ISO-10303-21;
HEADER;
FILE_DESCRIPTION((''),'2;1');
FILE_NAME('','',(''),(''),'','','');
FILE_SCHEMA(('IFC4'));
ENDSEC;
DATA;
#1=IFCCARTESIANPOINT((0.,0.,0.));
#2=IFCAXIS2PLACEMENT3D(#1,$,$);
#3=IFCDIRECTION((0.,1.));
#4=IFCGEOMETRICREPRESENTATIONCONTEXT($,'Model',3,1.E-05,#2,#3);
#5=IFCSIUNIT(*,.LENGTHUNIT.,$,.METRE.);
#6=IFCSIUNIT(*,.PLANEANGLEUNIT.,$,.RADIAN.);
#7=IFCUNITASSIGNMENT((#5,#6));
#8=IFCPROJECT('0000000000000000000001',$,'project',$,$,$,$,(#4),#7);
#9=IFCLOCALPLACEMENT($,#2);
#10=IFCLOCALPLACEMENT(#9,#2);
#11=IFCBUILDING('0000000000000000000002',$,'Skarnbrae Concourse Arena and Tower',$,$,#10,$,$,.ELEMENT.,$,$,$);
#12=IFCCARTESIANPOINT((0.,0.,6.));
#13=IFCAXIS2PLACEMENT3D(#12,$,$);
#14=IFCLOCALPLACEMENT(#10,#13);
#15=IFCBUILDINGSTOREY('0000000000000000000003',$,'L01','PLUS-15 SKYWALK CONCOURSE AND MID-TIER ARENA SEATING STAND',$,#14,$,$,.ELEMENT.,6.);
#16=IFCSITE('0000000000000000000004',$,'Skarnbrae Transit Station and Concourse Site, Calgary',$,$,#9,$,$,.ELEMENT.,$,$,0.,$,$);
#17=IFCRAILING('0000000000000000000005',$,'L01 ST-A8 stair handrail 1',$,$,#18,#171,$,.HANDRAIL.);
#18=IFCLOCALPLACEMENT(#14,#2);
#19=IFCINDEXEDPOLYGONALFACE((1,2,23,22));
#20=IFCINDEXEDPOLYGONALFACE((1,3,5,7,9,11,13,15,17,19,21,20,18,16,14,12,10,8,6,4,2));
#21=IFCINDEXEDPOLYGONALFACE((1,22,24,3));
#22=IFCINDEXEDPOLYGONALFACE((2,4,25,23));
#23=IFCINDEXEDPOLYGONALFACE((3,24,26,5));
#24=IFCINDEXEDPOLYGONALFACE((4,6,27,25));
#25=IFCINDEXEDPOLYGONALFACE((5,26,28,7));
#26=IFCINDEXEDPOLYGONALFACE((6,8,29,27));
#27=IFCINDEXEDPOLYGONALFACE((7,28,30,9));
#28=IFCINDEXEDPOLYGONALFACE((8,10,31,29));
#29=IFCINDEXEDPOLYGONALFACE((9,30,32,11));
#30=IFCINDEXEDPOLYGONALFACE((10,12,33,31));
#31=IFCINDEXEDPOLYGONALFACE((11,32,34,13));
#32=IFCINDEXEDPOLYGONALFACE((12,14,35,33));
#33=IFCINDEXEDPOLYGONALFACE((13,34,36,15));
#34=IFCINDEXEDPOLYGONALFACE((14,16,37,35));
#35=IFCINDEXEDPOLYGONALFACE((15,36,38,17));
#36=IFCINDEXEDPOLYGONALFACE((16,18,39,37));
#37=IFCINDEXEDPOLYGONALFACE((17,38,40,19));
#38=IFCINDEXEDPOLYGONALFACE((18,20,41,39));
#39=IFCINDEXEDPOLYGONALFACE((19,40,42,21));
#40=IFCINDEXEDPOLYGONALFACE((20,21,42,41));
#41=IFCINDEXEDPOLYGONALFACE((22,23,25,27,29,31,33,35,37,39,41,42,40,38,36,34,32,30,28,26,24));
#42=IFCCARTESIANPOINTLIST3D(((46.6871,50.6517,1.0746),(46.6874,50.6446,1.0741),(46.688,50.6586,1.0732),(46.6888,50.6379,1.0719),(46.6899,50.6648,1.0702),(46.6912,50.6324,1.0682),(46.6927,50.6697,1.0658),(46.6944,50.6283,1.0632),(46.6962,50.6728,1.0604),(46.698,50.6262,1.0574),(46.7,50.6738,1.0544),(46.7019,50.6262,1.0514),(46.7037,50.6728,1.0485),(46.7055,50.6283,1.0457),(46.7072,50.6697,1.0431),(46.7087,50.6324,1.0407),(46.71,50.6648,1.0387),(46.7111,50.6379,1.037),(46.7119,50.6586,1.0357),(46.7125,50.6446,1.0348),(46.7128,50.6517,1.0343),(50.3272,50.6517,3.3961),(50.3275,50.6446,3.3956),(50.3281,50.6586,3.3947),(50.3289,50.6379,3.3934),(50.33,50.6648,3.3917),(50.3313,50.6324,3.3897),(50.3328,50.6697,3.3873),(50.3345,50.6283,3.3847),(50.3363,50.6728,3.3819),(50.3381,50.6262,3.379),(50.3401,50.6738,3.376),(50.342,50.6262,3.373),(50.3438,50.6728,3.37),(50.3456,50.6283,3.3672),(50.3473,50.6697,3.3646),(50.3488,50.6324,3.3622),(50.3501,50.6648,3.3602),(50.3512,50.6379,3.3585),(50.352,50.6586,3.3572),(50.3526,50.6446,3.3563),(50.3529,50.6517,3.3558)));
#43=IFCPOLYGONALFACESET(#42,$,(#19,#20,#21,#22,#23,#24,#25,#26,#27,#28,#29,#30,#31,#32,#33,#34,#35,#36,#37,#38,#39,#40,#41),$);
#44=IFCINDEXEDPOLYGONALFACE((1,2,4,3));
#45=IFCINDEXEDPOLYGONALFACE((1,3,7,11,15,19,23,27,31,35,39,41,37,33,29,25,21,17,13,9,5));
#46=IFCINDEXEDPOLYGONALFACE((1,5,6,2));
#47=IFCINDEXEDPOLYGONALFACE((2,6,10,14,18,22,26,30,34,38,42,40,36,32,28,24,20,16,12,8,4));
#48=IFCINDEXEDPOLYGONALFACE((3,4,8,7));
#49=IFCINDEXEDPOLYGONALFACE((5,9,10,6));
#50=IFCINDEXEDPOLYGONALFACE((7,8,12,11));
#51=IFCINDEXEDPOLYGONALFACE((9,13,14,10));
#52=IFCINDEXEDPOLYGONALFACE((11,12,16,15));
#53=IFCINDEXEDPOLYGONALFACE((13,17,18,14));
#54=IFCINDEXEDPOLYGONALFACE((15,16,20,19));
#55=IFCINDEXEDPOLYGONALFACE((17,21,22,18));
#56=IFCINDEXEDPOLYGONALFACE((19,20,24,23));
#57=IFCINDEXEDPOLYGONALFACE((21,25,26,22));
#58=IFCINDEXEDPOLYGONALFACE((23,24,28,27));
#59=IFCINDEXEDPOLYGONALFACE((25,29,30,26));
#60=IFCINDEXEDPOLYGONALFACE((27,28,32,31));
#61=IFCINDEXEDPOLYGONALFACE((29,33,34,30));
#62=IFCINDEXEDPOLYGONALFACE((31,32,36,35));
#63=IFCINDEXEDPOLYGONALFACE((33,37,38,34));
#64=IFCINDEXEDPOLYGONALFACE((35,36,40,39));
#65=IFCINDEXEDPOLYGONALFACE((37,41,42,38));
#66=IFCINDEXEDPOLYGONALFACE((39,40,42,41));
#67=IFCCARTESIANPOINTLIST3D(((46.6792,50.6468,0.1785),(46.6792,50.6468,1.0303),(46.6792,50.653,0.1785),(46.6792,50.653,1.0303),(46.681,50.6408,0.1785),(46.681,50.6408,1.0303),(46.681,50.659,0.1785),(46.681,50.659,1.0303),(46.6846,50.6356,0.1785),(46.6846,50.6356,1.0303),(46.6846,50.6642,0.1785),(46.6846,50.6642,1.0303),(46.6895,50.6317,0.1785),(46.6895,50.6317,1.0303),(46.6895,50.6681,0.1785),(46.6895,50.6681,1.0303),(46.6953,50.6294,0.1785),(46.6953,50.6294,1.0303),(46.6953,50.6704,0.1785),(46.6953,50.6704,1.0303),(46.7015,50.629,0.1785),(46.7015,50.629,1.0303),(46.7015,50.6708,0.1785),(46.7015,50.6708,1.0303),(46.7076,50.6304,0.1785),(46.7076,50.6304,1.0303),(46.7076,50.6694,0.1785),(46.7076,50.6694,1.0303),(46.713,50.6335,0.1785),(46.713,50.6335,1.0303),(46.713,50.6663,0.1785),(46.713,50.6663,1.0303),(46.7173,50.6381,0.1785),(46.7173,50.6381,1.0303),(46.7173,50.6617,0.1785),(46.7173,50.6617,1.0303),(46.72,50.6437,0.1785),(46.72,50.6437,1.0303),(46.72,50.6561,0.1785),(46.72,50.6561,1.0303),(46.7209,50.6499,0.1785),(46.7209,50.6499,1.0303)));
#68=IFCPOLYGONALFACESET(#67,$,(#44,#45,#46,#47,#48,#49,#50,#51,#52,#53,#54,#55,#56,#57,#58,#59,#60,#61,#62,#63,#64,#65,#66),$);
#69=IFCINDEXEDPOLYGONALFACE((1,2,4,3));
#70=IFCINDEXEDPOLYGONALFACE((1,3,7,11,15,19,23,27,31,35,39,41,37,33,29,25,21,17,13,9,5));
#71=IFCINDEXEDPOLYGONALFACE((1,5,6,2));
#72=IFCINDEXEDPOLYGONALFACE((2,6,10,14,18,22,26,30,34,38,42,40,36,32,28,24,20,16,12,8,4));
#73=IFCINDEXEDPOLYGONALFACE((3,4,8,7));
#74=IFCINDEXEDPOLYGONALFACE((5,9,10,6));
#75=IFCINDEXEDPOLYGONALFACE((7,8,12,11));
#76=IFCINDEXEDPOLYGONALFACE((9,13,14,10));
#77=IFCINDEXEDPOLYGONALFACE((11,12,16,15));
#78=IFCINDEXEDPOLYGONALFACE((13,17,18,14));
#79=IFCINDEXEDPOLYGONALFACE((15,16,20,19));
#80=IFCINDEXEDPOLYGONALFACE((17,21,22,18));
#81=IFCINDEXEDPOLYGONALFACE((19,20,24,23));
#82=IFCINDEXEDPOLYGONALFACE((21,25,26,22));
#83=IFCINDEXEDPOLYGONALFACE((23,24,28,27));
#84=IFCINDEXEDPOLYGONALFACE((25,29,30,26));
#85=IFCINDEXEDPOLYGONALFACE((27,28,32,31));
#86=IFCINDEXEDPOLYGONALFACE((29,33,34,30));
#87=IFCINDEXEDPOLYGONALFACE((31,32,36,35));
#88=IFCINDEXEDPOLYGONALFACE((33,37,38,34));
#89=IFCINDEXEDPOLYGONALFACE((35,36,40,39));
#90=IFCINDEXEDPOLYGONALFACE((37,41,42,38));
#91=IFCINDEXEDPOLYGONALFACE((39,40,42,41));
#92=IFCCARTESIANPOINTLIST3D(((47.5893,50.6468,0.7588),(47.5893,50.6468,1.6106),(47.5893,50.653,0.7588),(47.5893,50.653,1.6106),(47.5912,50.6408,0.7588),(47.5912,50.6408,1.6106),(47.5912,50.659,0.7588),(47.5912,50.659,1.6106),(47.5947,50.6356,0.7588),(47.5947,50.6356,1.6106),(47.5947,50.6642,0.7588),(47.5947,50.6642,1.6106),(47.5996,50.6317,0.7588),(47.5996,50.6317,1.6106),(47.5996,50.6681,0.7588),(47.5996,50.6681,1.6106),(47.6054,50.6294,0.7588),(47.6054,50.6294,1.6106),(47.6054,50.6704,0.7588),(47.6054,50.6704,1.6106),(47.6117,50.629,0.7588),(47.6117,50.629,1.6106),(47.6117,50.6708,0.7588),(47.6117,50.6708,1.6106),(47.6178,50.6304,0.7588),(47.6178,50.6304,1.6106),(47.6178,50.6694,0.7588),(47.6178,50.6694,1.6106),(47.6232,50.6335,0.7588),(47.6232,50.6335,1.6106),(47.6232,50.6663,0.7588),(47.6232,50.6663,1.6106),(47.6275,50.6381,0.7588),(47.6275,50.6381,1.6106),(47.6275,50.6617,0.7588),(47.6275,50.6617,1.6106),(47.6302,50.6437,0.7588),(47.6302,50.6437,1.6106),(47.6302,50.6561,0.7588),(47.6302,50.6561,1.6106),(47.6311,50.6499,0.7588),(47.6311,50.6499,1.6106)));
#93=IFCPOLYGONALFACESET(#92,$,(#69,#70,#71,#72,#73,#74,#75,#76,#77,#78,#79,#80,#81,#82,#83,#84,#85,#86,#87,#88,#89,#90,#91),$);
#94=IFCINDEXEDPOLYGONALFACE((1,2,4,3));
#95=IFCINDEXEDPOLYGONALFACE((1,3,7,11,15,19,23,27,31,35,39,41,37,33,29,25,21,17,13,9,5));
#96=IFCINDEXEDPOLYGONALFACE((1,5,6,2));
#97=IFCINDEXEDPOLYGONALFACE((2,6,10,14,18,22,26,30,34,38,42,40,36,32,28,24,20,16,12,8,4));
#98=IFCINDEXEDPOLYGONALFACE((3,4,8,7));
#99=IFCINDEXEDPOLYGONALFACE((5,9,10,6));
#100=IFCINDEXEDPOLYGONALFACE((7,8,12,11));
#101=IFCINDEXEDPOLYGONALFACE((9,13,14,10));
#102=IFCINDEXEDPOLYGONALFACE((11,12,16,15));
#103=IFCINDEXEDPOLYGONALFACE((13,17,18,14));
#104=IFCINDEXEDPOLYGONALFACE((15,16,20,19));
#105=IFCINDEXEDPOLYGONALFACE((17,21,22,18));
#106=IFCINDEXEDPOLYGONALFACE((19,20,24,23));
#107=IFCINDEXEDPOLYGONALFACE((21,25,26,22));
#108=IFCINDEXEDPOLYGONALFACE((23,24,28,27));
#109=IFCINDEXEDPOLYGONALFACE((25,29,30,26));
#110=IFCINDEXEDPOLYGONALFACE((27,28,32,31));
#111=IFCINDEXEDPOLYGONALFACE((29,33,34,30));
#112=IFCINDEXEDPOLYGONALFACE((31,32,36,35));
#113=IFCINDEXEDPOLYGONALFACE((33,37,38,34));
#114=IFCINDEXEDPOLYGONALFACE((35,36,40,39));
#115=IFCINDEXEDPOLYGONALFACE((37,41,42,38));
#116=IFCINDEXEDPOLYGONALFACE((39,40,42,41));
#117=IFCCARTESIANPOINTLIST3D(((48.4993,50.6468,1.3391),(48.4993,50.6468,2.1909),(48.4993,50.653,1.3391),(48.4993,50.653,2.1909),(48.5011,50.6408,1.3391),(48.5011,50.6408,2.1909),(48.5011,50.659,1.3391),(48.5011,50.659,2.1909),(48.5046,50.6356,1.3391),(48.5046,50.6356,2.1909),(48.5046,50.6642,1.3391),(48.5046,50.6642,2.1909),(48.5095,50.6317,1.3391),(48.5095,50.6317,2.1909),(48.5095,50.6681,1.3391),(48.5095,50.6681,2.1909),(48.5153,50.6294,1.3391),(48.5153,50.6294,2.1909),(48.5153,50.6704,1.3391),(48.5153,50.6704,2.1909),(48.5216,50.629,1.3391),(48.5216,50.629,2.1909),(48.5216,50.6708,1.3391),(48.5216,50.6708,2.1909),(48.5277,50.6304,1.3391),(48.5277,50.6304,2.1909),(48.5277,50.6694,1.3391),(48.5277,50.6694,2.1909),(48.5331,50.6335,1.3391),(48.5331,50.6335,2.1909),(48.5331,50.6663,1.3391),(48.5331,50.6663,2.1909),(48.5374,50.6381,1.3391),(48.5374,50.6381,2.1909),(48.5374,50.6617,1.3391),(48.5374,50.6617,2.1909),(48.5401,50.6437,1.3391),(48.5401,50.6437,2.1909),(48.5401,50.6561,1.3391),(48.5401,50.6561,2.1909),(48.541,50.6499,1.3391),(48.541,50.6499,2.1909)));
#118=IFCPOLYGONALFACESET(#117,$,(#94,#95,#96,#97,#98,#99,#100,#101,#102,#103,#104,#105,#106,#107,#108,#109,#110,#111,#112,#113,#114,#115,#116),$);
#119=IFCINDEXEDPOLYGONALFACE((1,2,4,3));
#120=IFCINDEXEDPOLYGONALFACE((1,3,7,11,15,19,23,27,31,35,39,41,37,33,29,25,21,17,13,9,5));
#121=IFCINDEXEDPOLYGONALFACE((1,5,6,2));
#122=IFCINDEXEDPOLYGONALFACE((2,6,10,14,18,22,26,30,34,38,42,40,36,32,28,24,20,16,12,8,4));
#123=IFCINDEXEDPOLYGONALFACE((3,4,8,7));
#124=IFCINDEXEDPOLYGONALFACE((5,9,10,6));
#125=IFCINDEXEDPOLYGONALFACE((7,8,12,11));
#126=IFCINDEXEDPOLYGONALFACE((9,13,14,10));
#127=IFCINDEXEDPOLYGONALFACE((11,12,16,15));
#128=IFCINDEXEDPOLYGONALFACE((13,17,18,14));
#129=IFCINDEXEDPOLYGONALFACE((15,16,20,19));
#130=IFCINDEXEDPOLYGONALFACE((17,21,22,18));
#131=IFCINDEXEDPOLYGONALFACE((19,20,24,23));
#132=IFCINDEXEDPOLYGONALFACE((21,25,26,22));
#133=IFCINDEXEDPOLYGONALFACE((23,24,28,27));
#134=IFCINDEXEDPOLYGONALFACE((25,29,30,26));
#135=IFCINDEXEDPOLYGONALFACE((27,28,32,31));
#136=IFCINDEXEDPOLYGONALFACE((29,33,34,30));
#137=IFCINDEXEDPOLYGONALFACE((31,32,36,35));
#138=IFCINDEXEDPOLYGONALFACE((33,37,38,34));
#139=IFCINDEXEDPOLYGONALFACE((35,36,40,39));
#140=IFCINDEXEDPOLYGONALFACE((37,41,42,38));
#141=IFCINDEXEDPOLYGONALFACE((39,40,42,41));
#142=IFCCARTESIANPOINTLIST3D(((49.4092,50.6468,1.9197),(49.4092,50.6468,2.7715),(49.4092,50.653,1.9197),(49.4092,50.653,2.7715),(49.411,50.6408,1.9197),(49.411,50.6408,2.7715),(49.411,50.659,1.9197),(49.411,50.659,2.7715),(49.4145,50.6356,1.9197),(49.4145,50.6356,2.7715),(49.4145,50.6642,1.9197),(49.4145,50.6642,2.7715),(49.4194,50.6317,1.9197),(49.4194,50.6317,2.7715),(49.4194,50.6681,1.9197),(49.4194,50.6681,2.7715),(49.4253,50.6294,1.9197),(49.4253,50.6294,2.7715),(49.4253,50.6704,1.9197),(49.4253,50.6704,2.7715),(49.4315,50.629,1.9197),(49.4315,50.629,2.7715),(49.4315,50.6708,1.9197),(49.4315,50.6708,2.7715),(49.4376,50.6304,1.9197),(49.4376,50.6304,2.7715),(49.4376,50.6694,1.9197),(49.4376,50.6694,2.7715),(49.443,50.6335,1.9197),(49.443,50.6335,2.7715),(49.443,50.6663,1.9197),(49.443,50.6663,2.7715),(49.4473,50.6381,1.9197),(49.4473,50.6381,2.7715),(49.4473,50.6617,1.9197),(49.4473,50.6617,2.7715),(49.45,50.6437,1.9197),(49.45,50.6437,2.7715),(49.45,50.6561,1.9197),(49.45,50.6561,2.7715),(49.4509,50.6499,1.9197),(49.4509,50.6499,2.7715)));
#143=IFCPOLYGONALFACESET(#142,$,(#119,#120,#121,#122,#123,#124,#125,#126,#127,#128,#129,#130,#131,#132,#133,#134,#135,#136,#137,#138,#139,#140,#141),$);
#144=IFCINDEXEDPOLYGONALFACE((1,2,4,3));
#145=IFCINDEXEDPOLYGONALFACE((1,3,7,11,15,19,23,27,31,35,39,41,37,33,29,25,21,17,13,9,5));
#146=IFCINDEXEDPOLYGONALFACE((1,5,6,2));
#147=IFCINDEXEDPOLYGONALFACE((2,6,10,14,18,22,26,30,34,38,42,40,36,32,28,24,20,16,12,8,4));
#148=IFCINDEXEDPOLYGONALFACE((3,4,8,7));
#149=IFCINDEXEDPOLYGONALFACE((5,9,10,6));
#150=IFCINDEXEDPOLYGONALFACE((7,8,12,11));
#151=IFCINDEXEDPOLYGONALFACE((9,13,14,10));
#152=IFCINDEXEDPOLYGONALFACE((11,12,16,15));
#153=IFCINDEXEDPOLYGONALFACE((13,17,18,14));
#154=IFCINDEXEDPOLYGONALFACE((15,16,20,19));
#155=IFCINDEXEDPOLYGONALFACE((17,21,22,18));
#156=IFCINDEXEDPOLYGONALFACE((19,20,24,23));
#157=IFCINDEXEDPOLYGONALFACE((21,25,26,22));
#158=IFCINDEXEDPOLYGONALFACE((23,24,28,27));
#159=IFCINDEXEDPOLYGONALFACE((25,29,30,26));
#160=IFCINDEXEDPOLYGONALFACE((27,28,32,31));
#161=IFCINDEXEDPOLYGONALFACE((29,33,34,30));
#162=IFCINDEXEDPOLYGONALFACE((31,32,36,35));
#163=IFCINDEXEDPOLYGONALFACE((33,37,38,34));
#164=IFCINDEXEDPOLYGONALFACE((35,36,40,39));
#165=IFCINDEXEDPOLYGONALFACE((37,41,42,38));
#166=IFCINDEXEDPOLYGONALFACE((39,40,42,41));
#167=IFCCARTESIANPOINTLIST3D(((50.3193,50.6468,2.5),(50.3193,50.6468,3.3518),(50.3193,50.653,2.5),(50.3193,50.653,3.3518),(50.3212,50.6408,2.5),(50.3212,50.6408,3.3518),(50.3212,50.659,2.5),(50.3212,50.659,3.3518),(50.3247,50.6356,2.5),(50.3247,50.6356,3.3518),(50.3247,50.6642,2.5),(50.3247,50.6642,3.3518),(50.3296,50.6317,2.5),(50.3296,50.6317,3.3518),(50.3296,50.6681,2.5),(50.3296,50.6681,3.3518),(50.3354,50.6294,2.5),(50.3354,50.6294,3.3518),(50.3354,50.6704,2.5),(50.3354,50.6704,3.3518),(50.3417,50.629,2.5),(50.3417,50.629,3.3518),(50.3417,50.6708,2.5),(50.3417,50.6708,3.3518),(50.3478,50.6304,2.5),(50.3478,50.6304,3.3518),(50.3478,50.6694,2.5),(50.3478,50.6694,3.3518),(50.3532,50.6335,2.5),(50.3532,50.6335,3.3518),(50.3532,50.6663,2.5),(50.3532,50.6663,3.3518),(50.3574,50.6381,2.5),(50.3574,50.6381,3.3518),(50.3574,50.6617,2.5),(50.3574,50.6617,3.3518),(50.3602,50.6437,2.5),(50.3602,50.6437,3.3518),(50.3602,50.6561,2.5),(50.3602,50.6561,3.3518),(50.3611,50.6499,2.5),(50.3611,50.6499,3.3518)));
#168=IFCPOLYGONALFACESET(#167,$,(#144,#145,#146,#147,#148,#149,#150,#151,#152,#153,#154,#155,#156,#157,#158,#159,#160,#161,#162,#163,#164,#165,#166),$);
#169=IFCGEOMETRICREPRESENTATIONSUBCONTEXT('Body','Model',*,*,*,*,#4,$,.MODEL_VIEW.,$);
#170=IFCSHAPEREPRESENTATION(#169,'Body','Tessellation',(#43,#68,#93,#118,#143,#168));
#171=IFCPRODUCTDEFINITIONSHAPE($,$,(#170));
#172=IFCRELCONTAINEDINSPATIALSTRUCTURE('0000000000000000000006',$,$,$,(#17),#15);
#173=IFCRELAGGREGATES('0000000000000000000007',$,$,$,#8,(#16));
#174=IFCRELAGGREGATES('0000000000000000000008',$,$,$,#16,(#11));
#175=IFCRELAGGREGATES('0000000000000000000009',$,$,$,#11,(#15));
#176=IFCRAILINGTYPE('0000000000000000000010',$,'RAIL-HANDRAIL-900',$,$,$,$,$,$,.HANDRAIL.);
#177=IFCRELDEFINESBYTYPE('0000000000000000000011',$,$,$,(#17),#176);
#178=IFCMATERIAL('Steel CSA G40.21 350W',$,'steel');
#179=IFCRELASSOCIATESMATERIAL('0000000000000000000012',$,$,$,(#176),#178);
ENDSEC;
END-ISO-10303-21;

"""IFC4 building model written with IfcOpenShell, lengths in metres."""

from ifc_helpers import new_model, si_unit, direction, frame, origin, origin_2d, place, context, subcontext, project, spatial, circle, extrude, material, type_object, element, save


model = new_model("IFC4")

# Units and contexts
model_context = context("Model", 3, precision=1e-05, world=origin(), true_north=direction((0.0, 1.0)))
body_context = subcontext(model_context, "Body", "Model", "MODEL_VIEW")
ifc_project = project(units=[si_unit("LENGTHUNIT", "METRE"), si_unit("PLANEANGLEUNIT", "RADIAN")], contexts=[model_context])

# Site, building, storey
site_placement = place(None, origin())
site = spatial("IfcSite", under=ifc_project, at=site_placement, Name="Skarnbrae Transit Station and Concourse Site, Calgary", CompositionType="ELEMENT", RefElevation=0.0)
building_placement = place(site_placement, origin())
building = spatial("IfcBuilding", under=site, at=building_placement, Name="Skarnbrae Concourse Arena and Tower", CompositionType="ELEMENT")
storey_placement = place(building_placement, frame((0.0, 0.0, 6.0)))
storey = spatial("IfcBuildingStorey", under=building, at=storey_placement, Name="L01", Description="PLUS-15 SKYWALK CONCOURSE AND MID-TIER ARENA SEATING STAND", CompositionType="ELEMENT", Elevation=6.0)

# Shared definitions
ifc_material_1 = material(Name="Steel CSA G40.21 350W", Category="steel")

# Railing
railing_type_1 = type_object("IfcRailingType", Name="RAIL-HANDRAIL-900", PredefinedType="HANDRAIL", material=ifc_material_1)
railing_1_placement = place(storey_placement, frame((46.7, 50.6499, 0.1785)))
element("IfcRailing", 1, at=railing_1_placement, inside=storey, type_object=railing_type_1, Name="L01 ST-A8 stair handrail 1", PredefinedType="HANDRAIL", context=body_context, shape_type="SweptSolid", body=[
    extrude(circle(Radius=0.0239, at=origin_2d()), frame((0.0, 0.0, 0.876), z_axis=(0.843128, 0.0, 0.537713), x_axis=(0.0, 1.0, 0.0)), (0.0, 0.0, 1.0), 4.3174),
    extrude(circle(Radius=0.021, at=origin_2d()), origin(), (0.0, 0.0, 1.0), 0.8518),
    extrude(circle(Radius=0.021, at=origin_2d()), frame((0.9102, 0.0, 0.5803)), (0.0, 0.0, 1.0), 0.8518),
    extrude(circle(Radius=0.021, at=origin_2d()), frame((1.8201, 0.0, 1.1606)), (0.0, 0.0, 1.0), 0.8518),
    extrude(circle(Radius=0.021, at=origin_2d()), frame((2.73, 0.0, 1.7412)), (0.0, 0.0, 1.0), 0.8518),
    extrude(circle(Radius=0.021, at=origin_2d()), frame((3.6401, 0.0, 2.3215)), (0.0, 0.0, 1.0), 0.8518),
])

save(model, "model.ifc")
